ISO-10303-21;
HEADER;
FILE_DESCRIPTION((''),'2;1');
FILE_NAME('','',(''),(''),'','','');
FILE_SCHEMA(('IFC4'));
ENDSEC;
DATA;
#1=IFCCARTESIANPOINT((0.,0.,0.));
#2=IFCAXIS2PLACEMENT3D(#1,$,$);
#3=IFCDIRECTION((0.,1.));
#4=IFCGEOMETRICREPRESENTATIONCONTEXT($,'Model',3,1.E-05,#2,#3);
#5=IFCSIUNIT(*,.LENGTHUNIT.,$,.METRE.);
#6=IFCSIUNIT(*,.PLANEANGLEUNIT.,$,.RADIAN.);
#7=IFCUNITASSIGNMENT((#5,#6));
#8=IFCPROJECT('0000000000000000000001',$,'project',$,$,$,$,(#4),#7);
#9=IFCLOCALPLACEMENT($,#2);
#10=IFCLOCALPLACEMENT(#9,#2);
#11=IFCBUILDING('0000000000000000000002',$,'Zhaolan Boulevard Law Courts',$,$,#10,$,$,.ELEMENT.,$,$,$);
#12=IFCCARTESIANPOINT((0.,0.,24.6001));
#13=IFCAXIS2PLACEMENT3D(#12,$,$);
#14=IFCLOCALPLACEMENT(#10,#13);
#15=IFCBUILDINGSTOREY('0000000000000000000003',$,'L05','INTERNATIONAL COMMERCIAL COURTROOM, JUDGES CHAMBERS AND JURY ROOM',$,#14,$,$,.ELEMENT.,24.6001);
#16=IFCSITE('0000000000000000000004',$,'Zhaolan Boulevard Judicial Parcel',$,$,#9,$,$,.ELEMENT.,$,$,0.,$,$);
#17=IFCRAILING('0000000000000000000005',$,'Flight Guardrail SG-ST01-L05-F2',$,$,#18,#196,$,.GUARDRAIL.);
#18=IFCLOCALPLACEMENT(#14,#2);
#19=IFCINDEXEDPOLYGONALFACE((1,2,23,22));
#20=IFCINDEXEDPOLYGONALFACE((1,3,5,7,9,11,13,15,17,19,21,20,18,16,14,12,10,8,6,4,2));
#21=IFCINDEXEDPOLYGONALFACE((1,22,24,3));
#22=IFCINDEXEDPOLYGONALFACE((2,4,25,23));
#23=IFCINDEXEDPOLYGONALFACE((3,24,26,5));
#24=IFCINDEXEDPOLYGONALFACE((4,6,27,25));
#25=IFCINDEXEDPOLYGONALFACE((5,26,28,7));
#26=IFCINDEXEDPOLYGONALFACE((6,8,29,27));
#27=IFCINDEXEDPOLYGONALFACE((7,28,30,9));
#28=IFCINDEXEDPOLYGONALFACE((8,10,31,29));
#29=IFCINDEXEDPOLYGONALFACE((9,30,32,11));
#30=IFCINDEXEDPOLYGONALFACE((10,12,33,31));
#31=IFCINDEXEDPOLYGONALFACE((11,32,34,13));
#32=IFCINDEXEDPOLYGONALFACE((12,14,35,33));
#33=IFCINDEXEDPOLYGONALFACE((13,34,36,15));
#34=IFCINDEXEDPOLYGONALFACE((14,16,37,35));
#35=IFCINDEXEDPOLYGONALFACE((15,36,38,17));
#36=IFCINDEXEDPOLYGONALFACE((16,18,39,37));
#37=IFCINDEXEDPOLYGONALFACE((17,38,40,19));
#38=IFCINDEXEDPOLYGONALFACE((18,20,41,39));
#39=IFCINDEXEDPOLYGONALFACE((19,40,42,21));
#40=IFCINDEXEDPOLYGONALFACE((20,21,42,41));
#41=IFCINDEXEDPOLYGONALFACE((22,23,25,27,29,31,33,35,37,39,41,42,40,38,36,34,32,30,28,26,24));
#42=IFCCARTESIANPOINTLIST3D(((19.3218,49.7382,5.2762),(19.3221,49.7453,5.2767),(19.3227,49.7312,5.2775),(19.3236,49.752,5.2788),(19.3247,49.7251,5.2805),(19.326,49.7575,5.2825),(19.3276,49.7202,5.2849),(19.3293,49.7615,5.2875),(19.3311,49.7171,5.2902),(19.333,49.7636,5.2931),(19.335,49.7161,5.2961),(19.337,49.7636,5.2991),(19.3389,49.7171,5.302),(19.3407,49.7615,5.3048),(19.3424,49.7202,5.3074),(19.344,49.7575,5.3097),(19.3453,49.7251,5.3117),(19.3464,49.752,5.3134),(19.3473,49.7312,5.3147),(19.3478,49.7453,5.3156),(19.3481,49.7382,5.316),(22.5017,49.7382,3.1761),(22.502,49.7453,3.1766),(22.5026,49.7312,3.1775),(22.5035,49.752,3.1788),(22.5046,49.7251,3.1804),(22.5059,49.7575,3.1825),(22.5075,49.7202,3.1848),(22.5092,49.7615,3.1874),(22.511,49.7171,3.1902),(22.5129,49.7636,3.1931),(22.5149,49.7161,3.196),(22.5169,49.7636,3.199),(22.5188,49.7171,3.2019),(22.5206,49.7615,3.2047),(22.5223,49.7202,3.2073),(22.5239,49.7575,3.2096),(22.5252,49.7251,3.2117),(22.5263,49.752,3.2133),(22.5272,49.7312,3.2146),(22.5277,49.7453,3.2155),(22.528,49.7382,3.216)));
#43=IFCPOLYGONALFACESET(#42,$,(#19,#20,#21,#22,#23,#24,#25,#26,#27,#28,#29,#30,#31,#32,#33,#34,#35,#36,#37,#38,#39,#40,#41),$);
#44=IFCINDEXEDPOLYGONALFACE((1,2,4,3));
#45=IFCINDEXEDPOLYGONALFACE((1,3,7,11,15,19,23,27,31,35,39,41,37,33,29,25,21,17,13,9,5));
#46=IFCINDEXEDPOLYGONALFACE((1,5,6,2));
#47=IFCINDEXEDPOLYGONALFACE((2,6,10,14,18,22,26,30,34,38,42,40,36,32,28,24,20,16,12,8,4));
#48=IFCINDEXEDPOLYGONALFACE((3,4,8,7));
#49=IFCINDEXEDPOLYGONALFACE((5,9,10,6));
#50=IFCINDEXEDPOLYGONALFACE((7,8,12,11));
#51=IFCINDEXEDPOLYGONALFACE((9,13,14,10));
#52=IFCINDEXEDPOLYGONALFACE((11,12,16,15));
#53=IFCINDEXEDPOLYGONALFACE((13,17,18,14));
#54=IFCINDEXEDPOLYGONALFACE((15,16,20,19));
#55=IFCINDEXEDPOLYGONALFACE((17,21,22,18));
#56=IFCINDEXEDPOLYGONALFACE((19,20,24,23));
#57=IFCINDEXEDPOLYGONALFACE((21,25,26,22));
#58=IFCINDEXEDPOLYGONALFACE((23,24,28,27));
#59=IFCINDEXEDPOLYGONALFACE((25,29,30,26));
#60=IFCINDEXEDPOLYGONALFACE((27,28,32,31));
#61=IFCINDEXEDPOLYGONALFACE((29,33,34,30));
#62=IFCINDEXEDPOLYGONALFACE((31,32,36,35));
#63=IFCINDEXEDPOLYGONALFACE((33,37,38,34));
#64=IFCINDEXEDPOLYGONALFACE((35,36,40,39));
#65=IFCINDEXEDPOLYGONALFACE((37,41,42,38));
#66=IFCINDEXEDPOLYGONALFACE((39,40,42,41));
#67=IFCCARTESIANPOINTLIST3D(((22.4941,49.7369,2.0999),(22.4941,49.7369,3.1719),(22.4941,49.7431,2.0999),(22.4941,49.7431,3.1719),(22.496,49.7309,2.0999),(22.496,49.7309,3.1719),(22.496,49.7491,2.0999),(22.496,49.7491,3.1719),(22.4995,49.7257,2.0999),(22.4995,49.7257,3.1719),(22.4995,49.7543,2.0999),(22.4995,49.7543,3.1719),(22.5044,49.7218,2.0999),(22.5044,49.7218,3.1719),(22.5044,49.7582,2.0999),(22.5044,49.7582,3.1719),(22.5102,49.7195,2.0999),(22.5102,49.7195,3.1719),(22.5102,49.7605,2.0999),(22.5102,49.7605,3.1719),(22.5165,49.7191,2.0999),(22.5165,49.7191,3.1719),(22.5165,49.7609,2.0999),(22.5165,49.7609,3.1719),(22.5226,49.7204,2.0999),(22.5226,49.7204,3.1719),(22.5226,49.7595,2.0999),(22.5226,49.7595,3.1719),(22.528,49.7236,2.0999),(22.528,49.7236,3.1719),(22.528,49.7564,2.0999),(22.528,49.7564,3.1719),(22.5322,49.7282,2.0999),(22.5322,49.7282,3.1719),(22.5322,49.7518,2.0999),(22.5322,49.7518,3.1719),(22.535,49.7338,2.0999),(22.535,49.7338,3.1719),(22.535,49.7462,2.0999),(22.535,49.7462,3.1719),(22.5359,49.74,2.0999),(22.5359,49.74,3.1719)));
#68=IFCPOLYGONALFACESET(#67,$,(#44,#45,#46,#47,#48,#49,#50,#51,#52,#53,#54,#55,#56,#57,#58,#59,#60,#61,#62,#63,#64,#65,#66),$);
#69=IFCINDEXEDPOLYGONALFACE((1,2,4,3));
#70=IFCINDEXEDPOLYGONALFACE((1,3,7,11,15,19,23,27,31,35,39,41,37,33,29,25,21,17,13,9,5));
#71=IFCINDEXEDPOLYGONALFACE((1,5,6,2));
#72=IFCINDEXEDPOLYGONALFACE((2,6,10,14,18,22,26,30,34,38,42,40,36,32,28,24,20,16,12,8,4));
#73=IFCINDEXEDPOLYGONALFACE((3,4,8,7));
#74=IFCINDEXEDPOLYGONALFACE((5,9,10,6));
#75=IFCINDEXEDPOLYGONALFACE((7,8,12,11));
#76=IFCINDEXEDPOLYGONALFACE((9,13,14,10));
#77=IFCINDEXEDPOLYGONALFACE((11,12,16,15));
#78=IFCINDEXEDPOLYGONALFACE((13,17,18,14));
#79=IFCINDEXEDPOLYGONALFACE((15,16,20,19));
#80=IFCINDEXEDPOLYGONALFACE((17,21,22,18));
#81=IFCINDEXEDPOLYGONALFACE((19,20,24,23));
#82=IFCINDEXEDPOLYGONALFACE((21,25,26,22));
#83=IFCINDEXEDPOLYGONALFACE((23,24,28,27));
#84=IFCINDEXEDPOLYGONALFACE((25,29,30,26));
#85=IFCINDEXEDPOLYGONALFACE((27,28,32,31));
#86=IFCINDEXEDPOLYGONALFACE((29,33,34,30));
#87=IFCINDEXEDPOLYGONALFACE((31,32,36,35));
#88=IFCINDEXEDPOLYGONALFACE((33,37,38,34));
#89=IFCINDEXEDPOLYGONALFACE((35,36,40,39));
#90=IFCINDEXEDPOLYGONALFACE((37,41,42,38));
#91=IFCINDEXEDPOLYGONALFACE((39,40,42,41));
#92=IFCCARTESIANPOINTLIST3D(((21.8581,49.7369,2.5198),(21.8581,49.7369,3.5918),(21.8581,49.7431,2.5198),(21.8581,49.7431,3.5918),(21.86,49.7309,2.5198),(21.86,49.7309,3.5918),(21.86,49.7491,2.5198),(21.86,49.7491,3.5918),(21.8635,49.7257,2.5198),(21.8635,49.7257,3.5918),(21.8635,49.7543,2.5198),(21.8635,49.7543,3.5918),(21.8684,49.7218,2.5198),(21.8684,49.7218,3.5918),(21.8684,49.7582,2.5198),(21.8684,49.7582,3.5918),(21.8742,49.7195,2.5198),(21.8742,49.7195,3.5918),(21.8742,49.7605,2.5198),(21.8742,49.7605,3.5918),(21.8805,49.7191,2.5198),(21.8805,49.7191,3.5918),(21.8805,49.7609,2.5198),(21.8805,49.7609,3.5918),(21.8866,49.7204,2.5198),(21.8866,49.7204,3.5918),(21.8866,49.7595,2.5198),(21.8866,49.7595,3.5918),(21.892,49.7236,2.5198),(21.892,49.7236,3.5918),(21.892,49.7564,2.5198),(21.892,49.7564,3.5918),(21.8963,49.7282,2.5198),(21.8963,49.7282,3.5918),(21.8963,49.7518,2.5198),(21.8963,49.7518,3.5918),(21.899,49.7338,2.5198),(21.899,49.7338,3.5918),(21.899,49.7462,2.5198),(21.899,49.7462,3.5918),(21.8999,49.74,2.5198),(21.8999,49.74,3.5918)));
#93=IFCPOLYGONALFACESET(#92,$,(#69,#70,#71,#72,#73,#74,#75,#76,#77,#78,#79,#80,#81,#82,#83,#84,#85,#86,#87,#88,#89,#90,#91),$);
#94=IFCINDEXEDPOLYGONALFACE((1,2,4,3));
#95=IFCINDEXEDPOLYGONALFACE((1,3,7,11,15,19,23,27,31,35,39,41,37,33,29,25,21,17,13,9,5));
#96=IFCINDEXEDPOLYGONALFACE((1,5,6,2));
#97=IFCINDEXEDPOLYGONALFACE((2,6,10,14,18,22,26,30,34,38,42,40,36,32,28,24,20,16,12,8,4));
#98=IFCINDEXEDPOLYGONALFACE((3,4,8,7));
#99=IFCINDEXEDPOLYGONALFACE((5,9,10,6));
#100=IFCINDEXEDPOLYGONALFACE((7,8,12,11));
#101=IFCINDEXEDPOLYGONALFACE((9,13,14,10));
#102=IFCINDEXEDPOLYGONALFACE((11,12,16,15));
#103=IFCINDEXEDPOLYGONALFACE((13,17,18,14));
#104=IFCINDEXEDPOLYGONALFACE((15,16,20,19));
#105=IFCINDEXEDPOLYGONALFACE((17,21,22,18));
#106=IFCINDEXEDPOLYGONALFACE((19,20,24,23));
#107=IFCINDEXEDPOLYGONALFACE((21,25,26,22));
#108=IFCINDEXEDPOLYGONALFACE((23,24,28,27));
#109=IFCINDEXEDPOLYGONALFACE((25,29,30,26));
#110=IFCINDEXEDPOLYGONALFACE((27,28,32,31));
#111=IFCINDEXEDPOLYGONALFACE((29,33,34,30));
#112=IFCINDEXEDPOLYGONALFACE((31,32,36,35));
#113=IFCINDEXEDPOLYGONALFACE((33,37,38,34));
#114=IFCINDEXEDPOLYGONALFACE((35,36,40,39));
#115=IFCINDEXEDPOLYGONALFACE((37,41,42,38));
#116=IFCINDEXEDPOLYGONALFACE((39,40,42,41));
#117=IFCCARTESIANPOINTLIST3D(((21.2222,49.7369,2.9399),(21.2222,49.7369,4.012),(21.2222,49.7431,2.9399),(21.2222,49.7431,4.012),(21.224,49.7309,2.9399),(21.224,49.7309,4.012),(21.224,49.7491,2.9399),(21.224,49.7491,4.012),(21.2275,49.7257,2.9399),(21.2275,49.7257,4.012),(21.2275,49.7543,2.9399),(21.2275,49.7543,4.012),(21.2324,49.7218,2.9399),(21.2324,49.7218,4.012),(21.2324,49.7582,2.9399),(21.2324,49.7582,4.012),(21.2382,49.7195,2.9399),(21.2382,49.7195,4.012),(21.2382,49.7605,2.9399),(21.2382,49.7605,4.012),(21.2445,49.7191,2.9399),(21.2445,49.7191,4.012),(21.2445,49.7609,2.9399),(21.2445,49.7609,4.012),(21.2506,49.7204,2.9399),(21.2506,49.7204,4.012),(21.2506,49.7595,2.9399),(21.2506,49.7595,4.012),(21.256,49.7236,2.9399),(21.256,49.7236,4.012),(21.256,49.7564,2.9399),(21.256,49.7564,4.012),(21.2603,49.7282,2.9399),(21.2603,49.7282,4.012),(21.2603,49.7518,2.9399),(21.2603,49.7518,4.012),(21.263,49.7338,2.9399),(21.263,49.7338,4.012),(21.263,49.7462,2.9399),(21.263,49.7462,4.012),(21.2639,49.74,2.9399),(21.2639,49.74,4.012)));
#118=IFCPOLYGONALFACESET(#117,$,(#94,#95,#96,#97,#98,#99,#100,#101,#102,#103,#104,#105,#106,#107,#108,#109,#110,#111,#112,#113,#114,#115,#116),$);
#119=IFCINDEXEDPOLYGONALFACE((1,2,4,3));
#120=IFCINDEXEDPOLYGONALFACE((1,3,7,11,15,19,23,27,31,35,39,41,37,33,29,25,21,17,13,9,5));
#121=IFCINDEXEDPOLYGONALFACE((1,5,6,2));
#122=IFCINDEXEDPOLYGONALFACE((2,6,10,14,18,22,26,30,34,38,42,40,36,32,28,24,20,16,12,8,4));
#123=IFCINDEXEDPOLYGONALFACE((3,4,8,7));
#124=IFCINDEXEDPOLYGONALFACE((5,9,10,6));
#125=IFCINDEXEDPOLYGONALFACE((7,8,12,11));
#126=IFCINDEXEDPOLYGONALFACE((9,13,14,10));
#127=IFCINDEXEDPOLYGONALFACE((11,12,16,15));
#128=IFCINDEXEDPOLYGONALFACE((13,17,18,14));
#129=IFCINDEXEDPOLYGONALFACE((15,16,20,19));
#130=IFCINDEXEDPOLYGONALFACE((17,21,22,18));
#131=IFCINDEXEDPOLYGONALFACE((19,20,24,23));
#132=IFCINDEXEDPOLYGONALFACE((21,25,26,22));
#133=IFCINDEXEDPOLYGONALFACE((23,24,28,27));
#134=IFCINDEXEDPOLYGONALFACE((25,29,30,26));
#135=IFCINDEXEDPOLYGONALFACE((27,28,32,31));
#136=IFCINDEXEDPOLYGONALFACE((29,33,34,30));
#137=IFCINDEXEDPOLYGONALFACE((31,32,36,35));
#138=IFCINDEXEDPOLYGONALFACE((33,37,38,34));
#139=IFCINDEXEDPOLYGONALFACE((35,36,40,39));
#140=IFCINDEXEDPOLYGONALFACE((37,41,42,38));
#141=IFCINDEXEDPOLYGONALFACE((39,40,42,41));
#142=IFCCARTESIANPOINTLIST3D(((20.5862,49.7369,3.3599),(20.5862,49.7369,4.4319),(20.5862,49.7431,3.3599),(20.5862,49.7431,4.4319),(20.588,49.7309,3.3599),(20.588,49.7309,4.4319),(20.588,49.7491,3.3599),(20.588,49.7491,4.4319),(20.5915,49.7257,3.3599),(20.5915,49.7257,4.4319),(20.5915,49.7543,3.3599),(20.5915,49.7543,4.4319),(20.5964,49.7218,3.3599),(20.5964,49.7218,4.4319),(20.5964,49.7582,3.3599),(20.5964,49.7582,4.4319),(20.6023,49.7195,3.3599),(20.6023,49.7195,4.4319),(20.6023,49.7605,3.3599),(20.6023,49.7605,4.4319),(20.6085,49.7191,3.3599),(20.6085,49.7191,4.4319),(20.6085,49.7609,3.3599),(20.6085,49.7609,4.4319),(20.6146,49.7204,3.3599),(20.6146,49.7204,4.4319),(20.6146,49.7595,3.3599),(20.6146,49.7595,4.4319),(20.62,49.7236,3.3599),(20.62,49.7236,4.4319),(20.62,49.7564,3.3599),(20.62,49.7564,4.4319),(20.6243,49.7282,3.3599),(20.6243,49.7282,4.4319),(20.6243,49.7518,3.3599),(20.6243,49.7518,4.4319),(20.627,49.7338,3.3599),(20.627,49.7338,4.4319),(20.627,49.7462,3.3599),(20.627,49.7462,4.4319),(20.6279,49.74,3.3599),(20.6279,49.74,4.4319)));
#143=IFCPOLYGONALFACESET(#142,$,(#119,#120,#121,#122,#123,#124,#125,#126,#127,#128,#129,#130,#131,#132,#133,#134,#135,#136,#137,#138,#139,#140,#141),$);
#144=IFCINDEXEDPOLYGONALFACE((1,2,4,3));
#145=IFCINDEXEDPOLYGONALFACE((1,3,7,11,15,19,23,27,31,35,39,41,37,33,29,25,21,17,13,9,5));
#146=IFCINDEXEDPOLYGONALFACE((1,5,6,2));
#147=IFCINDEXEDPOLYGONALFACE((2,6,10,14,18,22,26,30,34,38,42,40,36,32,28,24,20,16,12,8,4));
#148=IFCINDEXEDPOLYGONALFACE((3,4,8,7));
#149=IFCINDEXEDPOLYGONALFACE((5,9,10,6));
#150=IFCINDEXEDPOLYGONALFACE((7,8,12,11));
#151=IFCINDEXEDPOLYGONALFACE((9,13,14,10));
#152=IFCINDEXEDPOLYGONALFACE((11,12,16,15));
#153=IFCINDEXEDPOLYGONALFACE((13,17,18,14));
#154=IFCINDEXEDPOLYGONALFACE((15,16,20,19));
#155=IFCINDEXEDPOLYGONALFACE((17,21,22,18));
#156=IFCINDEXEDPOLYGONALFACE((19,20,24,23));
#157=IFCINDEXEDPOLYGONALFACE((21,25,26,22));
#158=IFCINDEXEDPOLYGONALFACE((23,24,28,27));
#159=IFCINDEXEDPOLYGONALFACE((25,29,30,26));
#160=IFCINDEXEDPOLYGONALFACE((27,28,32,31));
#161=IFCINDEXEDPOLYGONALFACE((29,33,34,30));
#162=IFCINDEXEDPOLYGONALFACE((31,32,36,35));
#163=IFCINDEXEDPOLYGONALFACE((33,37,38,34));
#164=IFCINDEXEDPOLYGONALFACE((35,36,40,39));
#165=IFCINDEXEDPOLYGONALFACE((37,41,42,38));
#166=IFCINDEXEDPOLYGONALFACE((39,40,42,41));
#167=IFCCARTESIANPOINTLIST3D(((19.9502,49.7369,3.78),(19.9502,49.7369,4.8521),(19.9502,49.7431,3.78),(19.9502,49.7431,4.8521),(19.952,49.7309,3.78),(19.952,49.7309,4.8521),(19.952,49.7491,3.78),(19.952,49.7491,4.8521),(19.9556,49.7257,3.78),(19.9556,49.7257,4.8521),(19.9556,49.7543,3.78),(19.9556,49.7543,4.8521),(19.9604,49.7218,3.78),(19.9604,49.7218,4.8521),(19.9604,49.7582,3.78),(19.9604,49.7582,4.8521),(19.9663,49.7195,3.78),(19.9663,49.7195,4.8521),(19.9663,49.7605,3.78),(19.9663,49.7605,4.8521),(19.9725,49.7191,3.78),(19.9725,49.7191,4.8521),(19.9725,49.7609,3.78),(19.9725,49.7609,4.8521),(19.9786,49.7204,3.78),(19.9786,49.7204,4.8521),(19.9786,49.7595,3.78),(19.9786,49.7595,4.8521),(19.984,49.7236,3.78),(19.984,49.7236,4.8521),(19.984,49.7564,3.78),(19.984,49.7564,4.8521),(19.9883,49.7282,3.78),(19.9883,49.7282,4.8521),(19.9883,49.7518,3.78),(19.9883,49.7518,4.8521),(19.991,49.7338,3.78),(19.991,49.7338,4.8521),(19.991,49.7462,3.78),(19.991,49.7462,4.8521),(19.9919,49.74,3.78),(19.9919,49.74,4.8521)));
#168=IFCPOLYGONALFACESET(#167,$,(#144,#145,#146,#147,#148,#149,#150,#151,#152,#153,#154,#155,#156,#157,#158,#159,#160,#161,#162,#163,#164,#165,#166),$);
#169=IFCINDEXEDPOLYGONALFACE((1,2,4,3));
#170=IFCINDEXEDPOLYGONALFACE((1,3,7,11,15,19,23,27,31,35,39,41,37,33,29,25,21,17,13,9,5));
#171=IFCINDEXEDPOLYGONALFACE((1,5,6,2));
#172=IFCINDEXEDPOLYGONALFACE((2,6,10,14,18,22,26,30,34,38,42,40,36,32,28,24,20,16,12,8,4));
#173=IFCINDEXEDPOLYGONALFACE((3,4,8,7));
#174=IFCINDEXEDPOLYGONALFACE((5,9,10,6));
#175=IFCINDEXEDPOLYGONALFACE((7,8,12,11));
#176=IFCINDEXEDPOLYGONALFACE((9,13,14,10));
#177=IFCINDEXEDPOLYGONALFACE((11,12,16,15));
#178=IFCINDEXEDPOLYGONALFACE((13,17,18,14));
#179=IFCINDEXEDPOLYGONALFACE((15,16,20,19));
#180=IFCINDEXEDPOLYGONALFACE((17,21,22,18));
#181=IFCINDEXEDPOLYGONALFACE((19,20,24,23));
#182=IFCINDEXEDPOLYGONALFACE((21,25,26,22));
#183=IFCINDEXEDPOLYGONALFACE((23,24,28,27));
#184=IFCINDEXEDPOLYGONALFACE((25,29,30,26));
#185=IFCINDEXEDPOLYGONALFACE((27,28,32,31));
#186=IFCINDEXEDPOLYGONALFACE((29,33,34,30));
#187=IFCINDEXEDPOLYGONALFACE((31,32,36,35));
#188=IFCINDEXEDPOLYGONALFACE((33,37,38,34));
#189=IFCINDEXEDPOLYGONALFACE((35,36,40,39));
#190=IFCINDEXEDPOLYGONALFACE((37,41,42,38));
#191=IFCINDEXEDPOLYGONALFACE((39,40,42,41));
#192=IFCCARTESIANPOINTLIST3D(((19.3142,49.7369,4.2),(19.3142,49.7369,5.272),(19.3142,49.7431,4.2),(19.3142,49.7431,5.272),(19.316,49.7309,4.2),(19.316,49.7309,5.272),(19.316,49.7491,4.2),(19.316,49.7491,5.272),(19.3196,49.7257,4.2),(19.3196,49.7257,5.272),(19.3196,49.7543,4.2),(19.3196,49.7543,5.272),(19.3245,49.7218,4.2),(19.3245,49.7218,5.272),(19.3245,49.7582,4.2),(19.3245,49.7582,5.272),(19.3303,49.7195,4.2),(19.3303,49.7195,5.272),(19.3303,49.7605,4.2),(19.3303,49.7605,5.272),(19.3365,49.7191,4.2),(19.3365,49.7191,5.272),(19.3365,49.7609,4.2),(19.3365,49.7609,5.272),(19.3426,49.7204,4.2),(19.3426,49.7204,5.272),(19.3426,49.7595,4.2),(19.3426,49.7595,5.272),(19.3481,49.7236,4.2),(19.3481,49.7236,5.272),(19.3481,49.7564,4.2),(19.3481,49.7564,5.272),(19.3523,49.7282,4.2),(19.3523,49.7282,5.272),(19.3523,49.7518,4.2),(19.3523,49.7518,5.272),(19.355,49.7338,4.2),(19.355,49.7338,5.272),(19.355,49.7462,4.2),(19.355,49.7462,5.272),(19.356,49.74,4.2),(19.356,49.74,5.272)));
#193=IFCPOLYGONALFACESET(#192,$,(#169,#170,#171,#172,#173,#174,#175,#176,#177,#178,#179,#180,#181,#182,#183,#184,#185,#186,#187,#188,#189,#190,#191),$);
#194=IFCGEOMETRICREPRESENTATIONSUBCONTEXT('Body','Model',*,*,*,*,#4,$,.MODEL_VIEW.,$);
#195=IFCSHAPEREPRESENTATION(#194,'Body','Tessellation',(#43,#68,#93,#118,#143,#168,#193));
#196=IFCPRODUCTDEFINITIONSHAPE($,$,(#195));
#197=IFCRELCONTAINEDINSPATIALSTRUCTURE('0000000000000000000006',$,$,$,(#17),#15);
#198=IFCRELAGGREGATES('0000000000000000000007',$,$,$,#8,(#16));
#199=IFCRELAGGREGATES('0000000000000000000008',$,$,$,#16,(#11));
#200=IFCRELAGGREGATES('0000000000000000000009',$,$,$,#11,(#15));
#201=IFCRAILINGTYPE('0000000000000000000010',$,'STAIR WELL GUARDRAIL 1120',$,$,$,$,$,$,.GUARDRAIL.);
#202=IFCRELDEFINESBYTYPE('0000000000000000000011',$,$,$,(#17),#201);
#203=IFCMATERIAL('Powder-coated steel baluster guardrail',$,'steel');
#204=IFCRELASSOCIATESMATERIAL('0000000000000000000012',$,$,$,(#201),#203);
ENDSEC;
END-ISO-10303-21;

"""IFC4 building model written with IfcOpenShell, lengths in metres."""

from ifc_helpers import new_model, si_unit, direction, frame, origin, origin_2d, place, context, subcontext, project, spatial, circle, extrude, material, type_object, element, save


model = new_model("IFC4")

# Units and contexts
model_context = context("Model", 3, precision=1e-05, world=origin(), true_north=direction((0.0, 1.0)))
body_context = subcontext(model_context, "Body", "Model", "MODEL_VIEW")
ifc_project = project(units=[si_unit("LENGTHUNIT", "METRE"), si_unit("PLANEANGLEUNIT", "RADIAN")], contexts=[model_context])

# Site, building, storey
site_placement = place(None, origin())
site = spatial("IfcSite", under=ifc_project, at=site_placement, Name="Zhaolan Boulevard Judicial Parcel", CompositionType="ELEMENT", RefElevation=0.0)
building_placement = place(site_placement, origin())
building = spatial("IfcBuilding", under=site, at=building_placement, Name="Zhaolan Boulevard Law Courts", CompositionType="ELEMENT")
storey_placement = place(building_placement, frame((0.0, 0.0, 24.6001)))
storey = spatial("IfcBuildingStorey", under=building, at=storey_placement, Name="L05", Description="INTERNATIONAL COMMERCIAL COURTROOM, JUDGES CHAMBERS AND JURY ROOM", CompositionType="ELEMENT", Elevation=24.6001)

# Railing
ifc_material_1 = material(Name="Powder-coated steel baluster guardrail", Category="steel")
railing_type_1 = type_object("IfcRailingType", Name="STAIR WELL GUARDRAIL 1120", PredefinedType="GUARDRAIL", material=ifc_material_1)
railing_1_placement = place(storey_placement, frame((22.5149, 49.74, 2.0999)))
element("IfcRailing", 1, at=railing_1_placement, inside=storey, type_object=railing_type_1, Name="Flight Guardrail SG-ST01-L05-F2", PredefinedType="GUARDRAIL", context=body_context, shape_type="SweptSolid", body=[
    extrude(circle(Radius=0.0239, at=origin_2d()), frame((0.0, 0.0, 1.0962), z_axis=(-0.834447, 0.0, 0.551088), x_axis=(0.0, -1.0, 0.0)), (0.0, 0.0, 1.0), 3.8108),
    extrude(circle(Radius=0.021, at=origin_2d()), origin(), (0.0, 0.0, 1.0), 1.072),
    extrude(circle(Radius=0.021, at=origin_2d()), frame((-0.636, 0.0, 0.4199)), (0.0, 0.0, 1.0), 1.072),
    extrude(circle(Radius=0.021, at=origin_2d()), frame((-1.272, 0.0, 0.8401)), (0.0, 0.0, 1.0), 1.072),
    extrude(circle(Radius=0.021, at=origin_2d()), frame((-1.908, 0.0, 1.26)), (0.0, 0.0, 1.0), 1.072),
    extrude(circle(Radius=0.021, at=origin_2d()), frame((-2.5439, 0.0, 1.6802)), (0.0, 0.0, 1.0), 1.072),
    extrude(circle(Radius=0.021, at=origin_2d()), frame((-3.1799, 0.0, 2.1001)), (0.0, 0.0, 1.0), 1.072),
])

save(model, "model.ifc")
